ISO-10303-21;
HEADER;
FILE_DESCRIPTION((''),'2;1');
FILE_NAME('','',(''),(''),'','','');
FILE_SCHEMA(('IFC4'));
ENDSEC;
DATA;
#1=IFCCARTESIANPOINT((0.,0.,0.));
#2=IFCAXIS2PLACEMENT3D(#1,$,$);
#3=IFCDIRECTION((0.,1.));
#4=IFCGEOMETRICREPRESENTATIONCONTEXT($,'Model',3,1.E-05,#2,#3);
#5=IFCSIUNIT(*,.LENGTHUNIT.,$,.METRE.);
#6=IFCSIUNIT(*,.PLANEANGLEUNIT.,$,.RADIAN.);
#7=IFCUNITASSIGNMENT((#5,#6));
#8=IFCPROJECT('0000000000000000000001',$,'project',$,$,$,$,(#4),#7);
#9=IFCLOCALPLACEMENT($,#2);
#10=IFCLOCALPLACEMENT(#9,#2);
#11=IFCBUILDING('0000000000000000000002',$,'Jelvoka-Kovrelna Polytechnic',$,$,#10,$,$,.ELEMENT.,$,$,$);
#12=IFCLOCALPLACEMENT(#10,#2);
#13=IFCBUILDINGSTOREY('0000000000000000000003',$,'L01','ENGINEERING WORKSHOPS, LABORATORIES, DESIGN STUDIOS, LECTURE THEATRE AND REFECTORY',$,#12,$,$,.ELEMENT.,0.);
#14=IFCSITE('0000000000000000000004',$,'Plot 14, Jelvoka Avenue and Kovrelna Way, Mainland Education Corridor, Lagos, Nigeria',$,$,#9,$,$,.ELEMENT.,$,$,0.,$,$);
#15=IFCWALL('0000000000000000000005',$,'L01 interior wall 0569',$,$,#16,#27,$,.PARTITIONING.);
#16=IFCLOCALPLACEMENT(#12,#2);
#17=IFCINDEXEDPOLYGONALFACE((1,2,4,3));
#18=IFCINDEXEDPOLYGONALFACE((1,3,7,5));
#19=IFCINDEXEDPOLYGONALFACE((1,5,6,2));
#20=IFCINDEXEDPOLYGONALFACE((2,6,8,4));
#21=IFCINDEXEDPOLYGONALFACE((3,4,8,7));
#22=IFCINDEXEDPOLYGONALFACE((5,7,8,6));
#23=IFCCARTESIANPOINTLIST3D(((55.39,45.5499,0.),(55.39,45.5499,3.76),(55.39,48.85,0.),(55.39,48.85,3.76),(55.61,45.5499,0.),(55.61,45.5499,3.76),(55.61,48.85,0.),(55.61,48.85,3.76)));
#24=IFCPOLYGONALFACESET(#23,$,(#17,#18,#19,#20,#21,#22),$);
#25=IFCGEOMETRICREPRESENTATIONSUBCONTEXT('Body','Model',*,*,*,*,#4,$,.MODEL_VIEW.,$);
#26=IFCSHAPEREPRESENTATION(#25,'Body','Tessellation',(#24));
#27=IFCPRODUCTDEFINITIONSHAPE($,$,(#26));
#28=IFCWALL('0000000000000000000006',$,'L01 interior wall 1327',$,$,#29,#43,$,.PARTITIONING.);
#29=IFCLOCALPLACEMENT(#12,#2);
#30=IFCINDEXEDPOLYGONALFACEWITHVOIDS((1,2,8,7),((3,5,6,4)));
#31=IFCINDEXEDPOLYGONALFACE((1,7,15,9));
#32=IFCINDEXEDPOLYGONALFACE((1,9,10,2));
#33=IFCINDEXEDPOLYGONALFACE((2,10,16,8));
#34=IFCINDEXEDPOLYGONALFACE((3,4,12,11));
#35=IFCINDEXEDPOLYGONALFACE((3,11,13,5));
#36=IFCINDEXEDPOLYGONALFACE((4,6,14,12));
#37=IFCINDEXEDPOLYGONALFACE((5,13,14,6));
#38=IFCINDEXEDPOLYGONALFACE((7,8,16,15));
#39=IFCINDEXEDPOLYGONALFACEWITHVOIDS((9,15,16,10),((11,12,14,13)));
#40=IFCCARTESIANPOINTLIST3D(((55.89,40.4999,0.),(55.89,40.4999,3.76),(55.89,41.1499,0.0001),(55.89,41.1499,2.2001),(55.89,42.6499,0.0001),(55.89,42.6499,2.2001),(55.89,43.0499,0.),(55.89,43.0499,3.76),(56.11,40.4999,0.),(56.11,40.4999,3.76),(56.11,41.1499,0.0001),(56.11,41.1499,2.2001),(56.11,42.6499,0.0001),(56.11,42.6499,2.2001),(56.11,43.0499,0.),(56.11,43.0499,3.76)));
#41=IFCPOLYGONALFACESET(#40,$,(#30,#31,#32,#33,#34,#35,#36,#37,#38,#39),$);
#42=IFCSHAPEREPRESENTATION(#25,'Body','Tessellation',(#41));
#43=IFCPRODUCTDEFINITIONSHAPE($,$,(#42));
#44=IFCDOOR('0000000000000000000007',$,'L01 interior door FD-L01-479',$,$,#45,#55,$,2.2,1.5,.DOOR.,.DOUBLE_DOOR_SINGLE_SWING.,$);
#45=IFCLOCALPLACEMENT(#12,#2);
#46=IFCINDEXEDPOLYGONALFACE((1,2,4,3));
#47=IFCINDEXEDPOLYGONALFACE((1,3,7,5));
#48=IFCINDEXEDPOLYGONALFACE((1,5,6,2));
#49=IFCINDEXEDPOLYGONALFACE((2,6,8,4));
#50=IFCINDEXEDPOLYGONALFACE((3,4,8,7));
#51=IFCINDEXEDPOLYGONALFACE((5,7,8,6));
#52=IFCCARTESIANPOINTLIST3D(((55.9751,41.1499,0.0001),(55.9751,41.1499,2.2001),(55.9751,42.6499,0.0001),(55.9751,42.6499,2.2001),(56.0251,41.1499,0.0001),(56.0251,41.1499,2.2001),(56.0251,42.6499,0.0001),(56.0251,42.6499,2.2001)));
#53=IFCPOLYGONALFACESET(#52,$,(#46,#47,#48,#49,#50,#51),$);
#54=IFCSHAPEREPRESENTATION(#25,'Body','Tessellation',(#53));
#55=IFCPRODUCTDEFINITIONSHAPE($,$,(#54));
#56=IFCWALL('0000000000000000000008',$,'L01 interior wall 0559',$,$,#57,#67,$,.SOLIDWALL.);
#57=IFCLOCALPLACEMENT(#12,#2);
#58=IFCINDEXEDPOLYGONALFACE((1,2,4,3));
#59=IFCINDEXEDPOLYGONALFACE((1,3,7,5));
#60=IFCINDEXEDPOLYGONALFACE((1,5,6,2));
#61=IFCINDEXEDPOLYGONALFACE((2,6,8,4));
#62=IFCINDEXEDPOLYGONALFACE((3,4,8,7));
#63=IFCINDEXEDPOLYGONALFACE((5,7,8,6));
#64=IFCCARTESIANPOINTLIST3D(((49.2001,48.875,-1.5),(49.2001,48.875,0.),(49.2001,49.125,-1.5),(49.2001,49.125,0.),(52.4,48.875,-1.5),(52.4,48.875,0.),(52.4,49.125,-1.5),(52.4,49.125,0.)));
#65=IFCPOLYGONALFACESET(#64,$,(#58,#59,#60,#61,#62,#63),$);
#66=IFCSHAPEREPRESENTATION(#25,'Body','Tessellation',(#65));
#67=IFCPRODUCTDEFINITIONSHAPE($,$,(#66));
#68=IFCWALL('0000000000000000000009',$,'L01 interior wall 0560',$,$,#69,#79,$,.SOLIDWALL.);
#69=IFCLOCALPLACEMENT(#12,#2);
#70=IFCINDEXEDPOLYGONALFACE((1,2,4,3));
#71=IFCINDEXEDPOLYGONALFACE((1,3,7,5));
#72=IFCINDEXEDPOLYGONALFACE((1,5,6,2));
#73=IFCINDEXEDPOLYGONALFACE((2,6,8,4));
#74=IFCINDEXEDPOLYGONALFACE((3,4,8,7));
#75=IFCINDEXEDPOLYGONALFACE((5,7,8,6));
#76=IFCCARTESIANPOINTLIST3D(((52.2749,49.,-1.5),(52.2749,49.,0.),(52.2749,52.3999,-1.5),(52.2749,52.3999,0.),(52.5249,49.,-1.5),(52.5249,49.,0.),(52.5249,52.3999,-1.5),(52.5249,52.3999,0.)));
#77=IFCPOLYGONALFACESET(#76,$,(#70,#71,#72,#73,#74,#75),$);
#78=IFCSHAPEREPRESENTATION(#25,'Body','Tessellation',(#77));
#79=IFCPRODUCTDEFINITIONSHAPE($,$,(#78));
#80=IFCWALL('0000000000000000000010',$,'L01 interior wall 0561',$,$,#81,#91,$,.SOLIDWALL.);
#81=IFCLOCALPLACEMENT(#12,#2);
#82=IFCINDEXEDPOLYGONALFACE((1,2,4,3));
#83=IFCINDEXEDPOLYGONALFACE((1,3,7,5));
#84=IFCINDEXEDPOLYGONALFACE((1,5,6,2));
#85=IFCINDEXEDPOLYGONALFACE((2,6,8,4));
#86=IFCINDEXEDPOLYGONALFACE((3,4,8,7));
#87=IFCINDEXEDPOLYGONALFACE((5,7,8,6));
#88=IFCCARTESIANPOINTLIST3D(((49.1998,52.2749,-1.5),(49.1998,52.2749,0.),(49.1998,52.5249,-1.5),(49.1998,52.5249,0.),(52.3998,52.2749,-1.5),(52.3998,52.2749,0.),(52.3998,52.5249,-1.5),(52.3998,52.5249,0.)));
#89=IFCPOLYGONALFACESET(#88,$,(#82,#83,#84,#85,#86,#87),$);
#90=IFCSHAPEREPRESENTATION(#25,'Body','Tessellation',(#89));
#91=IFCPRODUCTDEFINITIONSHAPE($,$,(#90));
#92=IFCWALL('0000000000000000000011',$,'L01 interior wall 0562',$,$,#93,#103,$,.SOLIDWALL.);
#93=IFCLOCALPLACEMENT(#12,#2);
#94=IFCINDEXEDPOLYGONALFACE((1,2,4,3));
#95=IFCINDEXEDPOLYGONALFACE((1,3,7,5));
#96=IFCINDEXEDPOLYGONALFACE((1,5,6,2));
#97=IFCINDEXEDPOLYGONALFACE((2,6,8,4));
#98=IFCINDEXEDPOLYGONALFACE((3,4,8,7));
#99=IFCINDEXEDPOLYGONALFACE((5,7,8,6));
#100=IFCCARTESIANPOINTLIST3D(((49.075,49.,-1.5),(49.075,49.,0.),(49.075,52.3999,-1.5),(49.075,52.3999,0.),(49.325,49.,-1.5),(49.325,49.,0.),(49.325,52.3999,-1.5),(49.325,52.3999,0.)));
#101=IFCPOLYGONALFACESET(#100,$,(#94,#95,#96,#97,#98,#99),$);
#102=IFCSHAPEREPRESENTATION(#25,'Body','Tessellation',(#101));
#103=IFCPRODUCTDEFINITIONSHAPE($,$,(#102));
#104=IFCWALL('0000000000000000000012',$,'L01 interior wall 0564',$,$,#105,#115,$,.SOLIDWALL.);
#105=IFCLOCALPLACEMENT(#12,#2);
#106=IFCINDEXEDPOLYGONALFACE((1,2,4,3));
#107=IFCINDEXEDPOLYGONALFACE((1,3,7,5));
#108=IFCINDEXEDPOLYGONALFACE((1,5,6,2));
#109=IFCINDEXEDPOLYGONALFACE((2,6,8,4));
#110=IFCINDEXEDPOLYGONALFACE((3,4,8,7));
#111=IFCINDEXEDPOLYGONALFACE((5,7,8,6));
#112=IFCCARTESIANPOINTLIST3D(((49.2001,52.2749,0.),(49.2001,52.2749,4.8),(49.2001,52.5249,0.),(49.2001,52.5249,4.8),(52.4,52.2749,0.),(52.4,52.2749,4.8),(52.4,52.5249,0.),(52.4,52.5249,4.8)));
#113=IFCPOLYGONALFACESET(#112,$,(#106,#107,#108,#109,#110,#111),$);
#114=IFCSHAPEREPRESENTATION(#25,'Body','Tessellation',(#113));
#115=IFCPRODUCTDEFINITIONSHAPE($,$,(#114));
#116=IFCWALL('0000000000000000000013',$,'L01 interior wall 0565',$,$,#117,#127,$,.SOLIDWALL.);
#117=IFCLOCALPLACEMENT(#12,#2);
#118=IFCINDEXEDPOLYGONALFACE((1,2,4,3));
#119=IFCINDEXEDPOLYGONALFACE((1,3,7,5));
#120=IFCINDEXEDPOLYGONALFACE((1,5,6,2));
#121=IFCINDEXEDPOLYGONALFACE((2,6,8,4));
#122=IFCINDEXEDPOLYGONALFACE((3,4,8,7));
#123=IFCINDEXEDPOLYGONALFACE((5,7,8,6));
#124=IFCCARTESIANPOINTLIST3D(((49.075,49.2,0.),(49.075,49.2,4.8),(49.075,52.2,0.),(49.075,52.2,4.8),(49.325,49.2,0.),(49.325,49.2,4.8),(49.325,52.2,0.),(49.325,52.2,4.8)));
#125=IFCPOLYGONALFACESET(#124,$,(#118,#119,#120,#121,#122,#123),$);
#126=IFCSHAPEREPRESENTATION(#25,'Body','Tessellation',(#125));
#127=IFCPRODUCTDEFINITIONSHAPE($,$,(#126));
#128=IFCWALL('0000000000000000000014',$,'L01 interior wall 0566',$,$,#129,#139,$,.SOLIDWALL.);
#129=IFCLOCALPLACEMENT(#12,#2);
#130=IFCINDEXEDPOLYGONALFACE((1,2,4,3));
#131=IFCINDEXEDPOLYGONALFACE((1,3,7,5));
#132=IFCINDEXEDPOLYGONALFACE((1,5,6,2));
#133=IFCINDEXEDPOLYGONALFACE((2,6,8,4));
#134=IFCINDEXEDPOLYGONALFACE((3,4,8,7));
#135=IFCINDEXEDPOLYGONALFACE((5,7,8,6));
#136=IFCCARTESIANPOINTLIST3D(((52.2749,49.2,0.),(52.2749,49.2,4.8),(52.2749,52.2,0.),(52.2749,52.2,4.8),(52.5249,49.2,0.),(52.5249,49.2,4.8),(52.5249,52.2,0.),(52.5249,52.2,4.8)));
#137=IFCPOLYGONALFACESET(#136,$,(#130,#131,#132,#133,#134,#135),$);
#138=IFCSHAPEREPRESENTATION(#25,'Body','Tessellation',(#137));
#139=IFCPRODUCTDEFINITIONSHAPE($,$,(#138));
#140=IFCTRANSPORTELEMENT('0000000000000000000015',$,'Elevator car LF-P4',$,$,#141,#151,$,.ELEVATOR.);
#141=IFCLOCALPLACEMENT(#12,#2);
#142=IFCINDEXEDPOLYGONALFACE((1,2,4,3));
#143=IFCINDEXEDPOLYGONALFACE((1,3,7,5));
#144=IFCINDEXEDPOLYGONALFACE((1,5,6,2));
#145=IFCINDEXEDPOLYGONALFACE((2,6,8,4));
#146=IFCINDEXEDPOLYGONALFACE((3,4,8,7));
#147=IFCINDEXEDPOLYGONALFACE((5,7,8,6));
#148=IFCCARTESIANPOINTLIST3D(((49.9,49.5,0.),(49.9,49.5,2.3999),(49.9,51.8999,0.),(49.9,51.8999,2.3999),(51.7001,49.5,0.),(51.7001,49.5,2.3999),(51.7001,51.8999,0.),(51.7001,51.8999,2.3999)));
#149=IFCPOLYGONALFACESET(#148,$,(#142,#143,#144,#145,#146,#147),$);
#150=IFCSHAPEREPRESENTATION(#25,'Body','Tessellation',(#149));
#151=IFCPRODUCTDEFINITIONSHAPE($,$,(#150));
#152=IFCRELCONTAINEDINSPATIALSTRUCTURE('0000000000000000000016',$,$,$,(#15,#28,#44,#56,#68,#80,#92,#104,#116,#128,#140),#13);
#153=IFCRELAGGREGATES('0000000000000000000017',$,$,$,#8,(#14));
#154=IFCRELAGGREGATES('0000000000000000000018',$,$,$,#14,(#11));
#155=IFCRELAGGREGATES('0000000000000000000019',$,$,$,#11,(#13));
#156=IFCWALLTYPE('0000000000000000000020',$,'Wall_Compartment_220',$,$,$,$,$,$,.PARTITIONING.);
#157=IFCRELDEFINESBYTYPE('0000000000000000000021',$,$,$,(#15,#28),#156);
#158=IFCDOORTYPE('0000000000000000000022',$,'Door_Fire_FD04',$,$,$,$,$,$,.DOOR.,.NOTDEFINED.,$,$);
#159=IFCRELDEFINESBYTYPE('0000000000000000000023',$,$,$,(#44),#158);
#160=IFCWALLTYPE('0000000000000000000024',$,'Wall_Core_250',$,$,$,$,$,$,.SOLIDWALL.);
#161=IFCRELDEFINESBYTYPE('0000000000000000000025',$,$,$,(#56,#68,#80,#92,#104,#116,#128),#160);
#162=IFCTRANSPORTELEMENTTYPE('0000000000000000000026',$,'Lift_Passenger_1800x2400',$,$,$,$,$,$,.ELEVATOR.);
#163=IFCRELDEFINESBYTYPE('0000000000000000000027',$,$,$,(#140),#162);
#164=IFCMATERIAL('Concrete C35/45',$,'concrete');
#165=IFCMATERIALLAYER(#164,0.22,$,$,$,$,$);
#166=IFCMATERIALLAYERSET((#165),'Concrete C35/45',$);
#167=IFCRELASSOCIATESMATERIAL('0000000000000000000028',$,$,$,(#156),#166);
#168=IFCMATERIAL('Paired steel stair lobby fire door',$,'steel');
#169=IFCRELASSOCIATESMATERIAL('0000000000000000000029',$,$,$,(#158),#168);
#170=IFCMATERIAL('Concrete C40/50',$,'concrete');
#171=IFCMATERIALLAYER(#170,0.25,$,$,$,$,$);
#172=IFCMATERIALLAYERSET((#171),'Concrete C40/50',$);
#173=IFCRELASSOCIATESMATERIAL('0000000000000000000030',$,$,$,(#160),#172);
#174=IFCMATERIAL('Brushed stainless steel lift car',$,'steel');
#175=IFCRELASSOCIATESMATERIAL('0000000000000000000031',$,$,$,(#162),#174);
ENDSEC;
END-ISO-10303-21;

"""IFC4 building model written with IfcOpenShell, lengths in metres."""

from ifc_helpers import new_model, si_unit, direction, frame, frame_2d, origin, origin_2d, place, context, subcontext, project, spatial, rectangle, extrude, material, layer, layer_set, type_object, element, fill, save


model = new_model("IFC4")

# Units and contexts
model_context = context("Model", 3, precision=1e-05, world=origin(), true_north=direction((0.0, 1.0)))
body_context = subcontext(model_context, "Body", "Model", "MODEL_VIEW")
ifc_project = project(units=[si_unit("LENGTHUNIT", "METRE"), si_unit("PLANEANGLEUNIT", "RADIAN")], contexts=[model_context])

# Site, building, storey
site_placement = place(None, origin())
site = spatial("IfcSite", under=ifc_project, at=site_placement, Name="Plot 14, Jelvoka Avenue and Kovrelna Way, Mainland Education Corridor, Lagos, Nigeria", CompositionType="ELEMENT", RefElevation=0.0)
building_placement = place(site_placement, origin())
building = spatial("IfcBuilding", under=site, at=building_placement, Name="Jelvoka-Kovrelna Polytechnic", CompositionType="ELEMENT")
storey_placement = place(building_placement, origin())
storey = spatial("IfcBuildingStorey", under=building, at=storey_placement, Name="L01", Description="ENGINEERING WORKSHOPS, LABORATORIES, DESIGN STUDIOS, LECTURE THEATRE AND REFECTORY", CompositionType="ELEMENT", Elevation=0.0)

# Wall
ifc_material_1 = material(Name="Concrete C35/45", Category="concrete")
ifc_layer_1 = layer(ifc_material_1, 0.22)
ifc_layer_set_1 = layer_set([ifc_layer_1], Name="Concrete C35/45")
wall_type_1 = type_object("IfcWallType", Name="Wall_Compartment_220", PredefinedType="PARTITIONING", material=ifc_layer_set_1)
wall_1_placement = place(storey_placement, frame((55.5, 45.55, 0.0), z_axis=(0.0, 0.0, 1.0), x_axis=(0.0, 1.0, 0.0)))
element("IfcWall", 1, at=wall_1_placement, inside=storey, type_object=wall_type_1, Name="L01 interior wall 0569", PredefinedType="PARTITIONING", context=body_context, shape_type="SweptSolid", body=[
    extrude(rectangle(XDim=3.3, YDim=0.22, at=frame_2d((1.6499, 0.0))), origin(), (0.0, 0.0, 1.0), 3.76),
])

# Wall, opening, door
wall_2_placement = place(storey_placement, frame((56.0, 40.5, 0.0), z_axis=(0.0, 0.0, 1.0), x_axis=(0.0, 1.0, 0.0)))
wall_2 = element("IfcWall", 2, at=wall_2_placement, inside=storey, type_object=wall_type_1, Name="L01 interior wall 1327", PredefinedType="PARTITIONING", context=body_context, shape_type="SweptSolid", body=[
    extrude(rectangle(XDim=2.55, YDim=0.22, at=frame_2d((1.2749, 0.0))), origin(), (0.0, 0.0, 1.0), 3.76),
])
opening_1_placement = place(wall_2_placement, frame((0.6499, 0.0, 0.0)))
opening_1 = element("IfcOpeningElement", 3, at=opening_1_placement, cuts=wall_2, PredefinedType="OPENING", context=body_context, shape_type="SweptSolid", body=[
    extrude(rectangle(XDim=1.5, YDim=2.2, at=frame_2d((0.75, 1.1001))), frame((0.0, 0.1199, 0.0), z_axis=(0.0, -1.0, 0.0), x_axis=(1.0, 0.0, 0.0)), (0.0, 0.0, 1.0), 0.24),
])
ifc_material_2 = material(Name="Paired steel stair lobby fire door", Category="steel")
door_type_1 = type_object("IfcDoorType", Name="Door_Fire_FD04", OperationType="NOTDEFINED", PredefinedType="DOOR", material=ifc_material_2)
door_1_placement = place(opening_1_placement, origin())
door_1 = element("IfcDoor", 4, at=door_1_placement, inside=storey, type_object=door_type_1, Name="L01 interior door FD-L01-479", OperationType="DOUBLE_DOOR_SINGLE_SWING", OverallHeight=2.2, OverallWidth=1.5, PredefinedType="DOOR", context=body_context, shape_type="SweptSolid", body=[
    extrude(rectangle(XDim=1.5, YDim=2.2, at=frame_2d((0.75, 1.1001))), frame((0.0, 0.0249, 0.0), z_axis=(0.0, -1.0, 0.0), x_axis=(1.0, 0.0, 0.0)), (0.0, 0.0, 1.0), 0.05),
])
fill(opening_1, door_1)

# Walls
ifc_material_3 = material(Name="Concrete C40/50", Category="concrete")
ifc_layer_2 = layer(ifc_material_3, 0.25)
ifc_layer_set_2 = layer_set([ifc_layer_2], Name="Concrete C40/50")
wall_type_2 = type_object("IfcWallType", Name="Wall_Core_250", PredefinedType="SOLIDWALL", material=ifc_layer_set_2)
wall_3_placement = place(storey_placement, frame((49.2, 49.0, -1.5), z_axis=(0.0, 0.0, 1.0), x_axis=(1.0, 0.0, 0.0)))
element("IfcWall", 5, at=wall_3_placement, inside=storey, type_object=wall_type_2, Name="L01 interior wall 0559", PredefinedType="SOLIDWALL", context=body_context, shape_type="SweptSolid", body=[
    extrude(rectangle(XDim=3.2, YDim=0.25, at=frame_2d((1.6001, 0.0))), origin(), (0.0, 0.0, 1.0), 1.5),
])
wall_4_placement = place(storey_placement, frame((52.3999, 49.0, -1.5), z_axis=(0.0, 0.0, 1.0), x_axis=(0.0, 1.0, 0.0)))
element("IfcWall", 6, at=wall_4_placement, inside=storey, type_object=wall_type_2, Name="L01 interior wall 0560", PredefinedType="SOLIDWALL", context=body_context, shape_type="SweptSolid", body=[
    extrude(rectangle(XDim=3.3999, YDim=0.25, at=frame_2d((1.7, 0.0))), origin(), (0.0, 0.0, 1.0), 1.5),
])
wall_5_placement = place(storey_placement, frame((52.3999, 52.3999, -1.5), z_axis=(0.0, 0.0, 1.0), x_axis=(-1.0, 0.0, 0.0)))
element("IfcWall", 7, at=wall_5_placement, inside=storey, type_object=wall_type_2, Name="L01 interior wall 0561", PredefinedType="SOLIDWALL", context=body_context, shape_type="SweptSolid", body=[
    extrude(rectangle(XDim=3.2, YDim=0.25, at=frame_2d((1.6001, 0.0))), origin(), (0.0, 0.0, 1.0), 1.5),
])
wall_6_placement = place(storey_placement, frame((49.2, 52.3999, -1.5), z_axis=(0.0, 0.0, 1.0), x_axis=(0.0, -1.0, 0.0)))
element("IfcWall", 8, at=wall_6_placement, inside=storey, type_object=wall_type_2, Name="L01 interior wall 0562", PredefinedType="SOLIDWALL", context=body_context, shape_type="SweptSolid", body=[
    extrude(rectangle(XDim=3.3999, YDim=0.25, at=frame_2d((1.7, 0.0))), origin(), (0.0, 0.0, 1.0), 1.5),
])

# Walls
wall_7_placement = place(storey_placement, frame((49.2, 52.3999, 0.0), z_axis=(0.0, 0.0, 1.0), x_axis=(1.0, 0.0, 0.0)))
element("IfcWall", 9, at=wall_7_placement, inside=storey, type_object=wall_type_2, Name="L01 interior wall 0564", PredefinedType="SOLIDWALL", context=body_context, shape_type="SweptSolid", body=[
    extrude(rectangle(XDim=3.2, YDim=0.25, at=frame_2d((1.6001, 0.0))), origin(), (0.0, 0.0, 1.0), 4.8),
])
for number, where, z_axis, x_axis, name in (
    (10, (49.2, 49.2, 0.0), (0.0, 0.0, 1.0), (0.0, 1.0, 0.0), "L01 interior wall 0565"),
    (11, (52.3999, 49.2, 0.0), (0.0, 0.0, 1.0), (0.0, 1.0, 0.0), "L01 interior wall 0566"),
):
    element("IfcWall", number, at=place(storey_placement, frame(where, z_axis=z_axis, x_axis=x_axis)), inside=storey, type_object=wall_type_2, Name=name, PredefinedType="SOLIDWALL", context=body_context, shape_type="SweptSolid", body=[
        extrude(rectangle(XDim=3.0, YDim=0.25, at=frame_2d((1.5, 0.0))), origin(), (0.0, 0.0, 1.0), 4.8),
    ])

# Transport element
ifc_material_4 = material(Name="Brushed stainless steel lift car", Category="steel")
transport_element_type = type_object("IfcTransportElementType", Name="Lift_Passenger_1800x2400", PredefinedType="ELEVATOR", material=ifc_material_4)
transport_element_placement = place(storey_placement, frame((50.8, 50.7, 0.0), z_axis=(0.0, 0.0, 1.0), x_axis=(1.0, 0.0, 0.0)))
element("IfcTransportElement", 12, at=transport_element_placement, inside=storey, type_object=transport_element_type, Name="Elevator car LF-P4", PredefinedType="ELEVATOR", context=body_context, shape_type="SweptSolid", body=[
    extrude(rectangle(XDim=1.8, YDim=2.3999, at=origin_2d()), origin(), (0.0, 0.0, 1.0), 2.3999),
])

save(model, "model.ifc")
